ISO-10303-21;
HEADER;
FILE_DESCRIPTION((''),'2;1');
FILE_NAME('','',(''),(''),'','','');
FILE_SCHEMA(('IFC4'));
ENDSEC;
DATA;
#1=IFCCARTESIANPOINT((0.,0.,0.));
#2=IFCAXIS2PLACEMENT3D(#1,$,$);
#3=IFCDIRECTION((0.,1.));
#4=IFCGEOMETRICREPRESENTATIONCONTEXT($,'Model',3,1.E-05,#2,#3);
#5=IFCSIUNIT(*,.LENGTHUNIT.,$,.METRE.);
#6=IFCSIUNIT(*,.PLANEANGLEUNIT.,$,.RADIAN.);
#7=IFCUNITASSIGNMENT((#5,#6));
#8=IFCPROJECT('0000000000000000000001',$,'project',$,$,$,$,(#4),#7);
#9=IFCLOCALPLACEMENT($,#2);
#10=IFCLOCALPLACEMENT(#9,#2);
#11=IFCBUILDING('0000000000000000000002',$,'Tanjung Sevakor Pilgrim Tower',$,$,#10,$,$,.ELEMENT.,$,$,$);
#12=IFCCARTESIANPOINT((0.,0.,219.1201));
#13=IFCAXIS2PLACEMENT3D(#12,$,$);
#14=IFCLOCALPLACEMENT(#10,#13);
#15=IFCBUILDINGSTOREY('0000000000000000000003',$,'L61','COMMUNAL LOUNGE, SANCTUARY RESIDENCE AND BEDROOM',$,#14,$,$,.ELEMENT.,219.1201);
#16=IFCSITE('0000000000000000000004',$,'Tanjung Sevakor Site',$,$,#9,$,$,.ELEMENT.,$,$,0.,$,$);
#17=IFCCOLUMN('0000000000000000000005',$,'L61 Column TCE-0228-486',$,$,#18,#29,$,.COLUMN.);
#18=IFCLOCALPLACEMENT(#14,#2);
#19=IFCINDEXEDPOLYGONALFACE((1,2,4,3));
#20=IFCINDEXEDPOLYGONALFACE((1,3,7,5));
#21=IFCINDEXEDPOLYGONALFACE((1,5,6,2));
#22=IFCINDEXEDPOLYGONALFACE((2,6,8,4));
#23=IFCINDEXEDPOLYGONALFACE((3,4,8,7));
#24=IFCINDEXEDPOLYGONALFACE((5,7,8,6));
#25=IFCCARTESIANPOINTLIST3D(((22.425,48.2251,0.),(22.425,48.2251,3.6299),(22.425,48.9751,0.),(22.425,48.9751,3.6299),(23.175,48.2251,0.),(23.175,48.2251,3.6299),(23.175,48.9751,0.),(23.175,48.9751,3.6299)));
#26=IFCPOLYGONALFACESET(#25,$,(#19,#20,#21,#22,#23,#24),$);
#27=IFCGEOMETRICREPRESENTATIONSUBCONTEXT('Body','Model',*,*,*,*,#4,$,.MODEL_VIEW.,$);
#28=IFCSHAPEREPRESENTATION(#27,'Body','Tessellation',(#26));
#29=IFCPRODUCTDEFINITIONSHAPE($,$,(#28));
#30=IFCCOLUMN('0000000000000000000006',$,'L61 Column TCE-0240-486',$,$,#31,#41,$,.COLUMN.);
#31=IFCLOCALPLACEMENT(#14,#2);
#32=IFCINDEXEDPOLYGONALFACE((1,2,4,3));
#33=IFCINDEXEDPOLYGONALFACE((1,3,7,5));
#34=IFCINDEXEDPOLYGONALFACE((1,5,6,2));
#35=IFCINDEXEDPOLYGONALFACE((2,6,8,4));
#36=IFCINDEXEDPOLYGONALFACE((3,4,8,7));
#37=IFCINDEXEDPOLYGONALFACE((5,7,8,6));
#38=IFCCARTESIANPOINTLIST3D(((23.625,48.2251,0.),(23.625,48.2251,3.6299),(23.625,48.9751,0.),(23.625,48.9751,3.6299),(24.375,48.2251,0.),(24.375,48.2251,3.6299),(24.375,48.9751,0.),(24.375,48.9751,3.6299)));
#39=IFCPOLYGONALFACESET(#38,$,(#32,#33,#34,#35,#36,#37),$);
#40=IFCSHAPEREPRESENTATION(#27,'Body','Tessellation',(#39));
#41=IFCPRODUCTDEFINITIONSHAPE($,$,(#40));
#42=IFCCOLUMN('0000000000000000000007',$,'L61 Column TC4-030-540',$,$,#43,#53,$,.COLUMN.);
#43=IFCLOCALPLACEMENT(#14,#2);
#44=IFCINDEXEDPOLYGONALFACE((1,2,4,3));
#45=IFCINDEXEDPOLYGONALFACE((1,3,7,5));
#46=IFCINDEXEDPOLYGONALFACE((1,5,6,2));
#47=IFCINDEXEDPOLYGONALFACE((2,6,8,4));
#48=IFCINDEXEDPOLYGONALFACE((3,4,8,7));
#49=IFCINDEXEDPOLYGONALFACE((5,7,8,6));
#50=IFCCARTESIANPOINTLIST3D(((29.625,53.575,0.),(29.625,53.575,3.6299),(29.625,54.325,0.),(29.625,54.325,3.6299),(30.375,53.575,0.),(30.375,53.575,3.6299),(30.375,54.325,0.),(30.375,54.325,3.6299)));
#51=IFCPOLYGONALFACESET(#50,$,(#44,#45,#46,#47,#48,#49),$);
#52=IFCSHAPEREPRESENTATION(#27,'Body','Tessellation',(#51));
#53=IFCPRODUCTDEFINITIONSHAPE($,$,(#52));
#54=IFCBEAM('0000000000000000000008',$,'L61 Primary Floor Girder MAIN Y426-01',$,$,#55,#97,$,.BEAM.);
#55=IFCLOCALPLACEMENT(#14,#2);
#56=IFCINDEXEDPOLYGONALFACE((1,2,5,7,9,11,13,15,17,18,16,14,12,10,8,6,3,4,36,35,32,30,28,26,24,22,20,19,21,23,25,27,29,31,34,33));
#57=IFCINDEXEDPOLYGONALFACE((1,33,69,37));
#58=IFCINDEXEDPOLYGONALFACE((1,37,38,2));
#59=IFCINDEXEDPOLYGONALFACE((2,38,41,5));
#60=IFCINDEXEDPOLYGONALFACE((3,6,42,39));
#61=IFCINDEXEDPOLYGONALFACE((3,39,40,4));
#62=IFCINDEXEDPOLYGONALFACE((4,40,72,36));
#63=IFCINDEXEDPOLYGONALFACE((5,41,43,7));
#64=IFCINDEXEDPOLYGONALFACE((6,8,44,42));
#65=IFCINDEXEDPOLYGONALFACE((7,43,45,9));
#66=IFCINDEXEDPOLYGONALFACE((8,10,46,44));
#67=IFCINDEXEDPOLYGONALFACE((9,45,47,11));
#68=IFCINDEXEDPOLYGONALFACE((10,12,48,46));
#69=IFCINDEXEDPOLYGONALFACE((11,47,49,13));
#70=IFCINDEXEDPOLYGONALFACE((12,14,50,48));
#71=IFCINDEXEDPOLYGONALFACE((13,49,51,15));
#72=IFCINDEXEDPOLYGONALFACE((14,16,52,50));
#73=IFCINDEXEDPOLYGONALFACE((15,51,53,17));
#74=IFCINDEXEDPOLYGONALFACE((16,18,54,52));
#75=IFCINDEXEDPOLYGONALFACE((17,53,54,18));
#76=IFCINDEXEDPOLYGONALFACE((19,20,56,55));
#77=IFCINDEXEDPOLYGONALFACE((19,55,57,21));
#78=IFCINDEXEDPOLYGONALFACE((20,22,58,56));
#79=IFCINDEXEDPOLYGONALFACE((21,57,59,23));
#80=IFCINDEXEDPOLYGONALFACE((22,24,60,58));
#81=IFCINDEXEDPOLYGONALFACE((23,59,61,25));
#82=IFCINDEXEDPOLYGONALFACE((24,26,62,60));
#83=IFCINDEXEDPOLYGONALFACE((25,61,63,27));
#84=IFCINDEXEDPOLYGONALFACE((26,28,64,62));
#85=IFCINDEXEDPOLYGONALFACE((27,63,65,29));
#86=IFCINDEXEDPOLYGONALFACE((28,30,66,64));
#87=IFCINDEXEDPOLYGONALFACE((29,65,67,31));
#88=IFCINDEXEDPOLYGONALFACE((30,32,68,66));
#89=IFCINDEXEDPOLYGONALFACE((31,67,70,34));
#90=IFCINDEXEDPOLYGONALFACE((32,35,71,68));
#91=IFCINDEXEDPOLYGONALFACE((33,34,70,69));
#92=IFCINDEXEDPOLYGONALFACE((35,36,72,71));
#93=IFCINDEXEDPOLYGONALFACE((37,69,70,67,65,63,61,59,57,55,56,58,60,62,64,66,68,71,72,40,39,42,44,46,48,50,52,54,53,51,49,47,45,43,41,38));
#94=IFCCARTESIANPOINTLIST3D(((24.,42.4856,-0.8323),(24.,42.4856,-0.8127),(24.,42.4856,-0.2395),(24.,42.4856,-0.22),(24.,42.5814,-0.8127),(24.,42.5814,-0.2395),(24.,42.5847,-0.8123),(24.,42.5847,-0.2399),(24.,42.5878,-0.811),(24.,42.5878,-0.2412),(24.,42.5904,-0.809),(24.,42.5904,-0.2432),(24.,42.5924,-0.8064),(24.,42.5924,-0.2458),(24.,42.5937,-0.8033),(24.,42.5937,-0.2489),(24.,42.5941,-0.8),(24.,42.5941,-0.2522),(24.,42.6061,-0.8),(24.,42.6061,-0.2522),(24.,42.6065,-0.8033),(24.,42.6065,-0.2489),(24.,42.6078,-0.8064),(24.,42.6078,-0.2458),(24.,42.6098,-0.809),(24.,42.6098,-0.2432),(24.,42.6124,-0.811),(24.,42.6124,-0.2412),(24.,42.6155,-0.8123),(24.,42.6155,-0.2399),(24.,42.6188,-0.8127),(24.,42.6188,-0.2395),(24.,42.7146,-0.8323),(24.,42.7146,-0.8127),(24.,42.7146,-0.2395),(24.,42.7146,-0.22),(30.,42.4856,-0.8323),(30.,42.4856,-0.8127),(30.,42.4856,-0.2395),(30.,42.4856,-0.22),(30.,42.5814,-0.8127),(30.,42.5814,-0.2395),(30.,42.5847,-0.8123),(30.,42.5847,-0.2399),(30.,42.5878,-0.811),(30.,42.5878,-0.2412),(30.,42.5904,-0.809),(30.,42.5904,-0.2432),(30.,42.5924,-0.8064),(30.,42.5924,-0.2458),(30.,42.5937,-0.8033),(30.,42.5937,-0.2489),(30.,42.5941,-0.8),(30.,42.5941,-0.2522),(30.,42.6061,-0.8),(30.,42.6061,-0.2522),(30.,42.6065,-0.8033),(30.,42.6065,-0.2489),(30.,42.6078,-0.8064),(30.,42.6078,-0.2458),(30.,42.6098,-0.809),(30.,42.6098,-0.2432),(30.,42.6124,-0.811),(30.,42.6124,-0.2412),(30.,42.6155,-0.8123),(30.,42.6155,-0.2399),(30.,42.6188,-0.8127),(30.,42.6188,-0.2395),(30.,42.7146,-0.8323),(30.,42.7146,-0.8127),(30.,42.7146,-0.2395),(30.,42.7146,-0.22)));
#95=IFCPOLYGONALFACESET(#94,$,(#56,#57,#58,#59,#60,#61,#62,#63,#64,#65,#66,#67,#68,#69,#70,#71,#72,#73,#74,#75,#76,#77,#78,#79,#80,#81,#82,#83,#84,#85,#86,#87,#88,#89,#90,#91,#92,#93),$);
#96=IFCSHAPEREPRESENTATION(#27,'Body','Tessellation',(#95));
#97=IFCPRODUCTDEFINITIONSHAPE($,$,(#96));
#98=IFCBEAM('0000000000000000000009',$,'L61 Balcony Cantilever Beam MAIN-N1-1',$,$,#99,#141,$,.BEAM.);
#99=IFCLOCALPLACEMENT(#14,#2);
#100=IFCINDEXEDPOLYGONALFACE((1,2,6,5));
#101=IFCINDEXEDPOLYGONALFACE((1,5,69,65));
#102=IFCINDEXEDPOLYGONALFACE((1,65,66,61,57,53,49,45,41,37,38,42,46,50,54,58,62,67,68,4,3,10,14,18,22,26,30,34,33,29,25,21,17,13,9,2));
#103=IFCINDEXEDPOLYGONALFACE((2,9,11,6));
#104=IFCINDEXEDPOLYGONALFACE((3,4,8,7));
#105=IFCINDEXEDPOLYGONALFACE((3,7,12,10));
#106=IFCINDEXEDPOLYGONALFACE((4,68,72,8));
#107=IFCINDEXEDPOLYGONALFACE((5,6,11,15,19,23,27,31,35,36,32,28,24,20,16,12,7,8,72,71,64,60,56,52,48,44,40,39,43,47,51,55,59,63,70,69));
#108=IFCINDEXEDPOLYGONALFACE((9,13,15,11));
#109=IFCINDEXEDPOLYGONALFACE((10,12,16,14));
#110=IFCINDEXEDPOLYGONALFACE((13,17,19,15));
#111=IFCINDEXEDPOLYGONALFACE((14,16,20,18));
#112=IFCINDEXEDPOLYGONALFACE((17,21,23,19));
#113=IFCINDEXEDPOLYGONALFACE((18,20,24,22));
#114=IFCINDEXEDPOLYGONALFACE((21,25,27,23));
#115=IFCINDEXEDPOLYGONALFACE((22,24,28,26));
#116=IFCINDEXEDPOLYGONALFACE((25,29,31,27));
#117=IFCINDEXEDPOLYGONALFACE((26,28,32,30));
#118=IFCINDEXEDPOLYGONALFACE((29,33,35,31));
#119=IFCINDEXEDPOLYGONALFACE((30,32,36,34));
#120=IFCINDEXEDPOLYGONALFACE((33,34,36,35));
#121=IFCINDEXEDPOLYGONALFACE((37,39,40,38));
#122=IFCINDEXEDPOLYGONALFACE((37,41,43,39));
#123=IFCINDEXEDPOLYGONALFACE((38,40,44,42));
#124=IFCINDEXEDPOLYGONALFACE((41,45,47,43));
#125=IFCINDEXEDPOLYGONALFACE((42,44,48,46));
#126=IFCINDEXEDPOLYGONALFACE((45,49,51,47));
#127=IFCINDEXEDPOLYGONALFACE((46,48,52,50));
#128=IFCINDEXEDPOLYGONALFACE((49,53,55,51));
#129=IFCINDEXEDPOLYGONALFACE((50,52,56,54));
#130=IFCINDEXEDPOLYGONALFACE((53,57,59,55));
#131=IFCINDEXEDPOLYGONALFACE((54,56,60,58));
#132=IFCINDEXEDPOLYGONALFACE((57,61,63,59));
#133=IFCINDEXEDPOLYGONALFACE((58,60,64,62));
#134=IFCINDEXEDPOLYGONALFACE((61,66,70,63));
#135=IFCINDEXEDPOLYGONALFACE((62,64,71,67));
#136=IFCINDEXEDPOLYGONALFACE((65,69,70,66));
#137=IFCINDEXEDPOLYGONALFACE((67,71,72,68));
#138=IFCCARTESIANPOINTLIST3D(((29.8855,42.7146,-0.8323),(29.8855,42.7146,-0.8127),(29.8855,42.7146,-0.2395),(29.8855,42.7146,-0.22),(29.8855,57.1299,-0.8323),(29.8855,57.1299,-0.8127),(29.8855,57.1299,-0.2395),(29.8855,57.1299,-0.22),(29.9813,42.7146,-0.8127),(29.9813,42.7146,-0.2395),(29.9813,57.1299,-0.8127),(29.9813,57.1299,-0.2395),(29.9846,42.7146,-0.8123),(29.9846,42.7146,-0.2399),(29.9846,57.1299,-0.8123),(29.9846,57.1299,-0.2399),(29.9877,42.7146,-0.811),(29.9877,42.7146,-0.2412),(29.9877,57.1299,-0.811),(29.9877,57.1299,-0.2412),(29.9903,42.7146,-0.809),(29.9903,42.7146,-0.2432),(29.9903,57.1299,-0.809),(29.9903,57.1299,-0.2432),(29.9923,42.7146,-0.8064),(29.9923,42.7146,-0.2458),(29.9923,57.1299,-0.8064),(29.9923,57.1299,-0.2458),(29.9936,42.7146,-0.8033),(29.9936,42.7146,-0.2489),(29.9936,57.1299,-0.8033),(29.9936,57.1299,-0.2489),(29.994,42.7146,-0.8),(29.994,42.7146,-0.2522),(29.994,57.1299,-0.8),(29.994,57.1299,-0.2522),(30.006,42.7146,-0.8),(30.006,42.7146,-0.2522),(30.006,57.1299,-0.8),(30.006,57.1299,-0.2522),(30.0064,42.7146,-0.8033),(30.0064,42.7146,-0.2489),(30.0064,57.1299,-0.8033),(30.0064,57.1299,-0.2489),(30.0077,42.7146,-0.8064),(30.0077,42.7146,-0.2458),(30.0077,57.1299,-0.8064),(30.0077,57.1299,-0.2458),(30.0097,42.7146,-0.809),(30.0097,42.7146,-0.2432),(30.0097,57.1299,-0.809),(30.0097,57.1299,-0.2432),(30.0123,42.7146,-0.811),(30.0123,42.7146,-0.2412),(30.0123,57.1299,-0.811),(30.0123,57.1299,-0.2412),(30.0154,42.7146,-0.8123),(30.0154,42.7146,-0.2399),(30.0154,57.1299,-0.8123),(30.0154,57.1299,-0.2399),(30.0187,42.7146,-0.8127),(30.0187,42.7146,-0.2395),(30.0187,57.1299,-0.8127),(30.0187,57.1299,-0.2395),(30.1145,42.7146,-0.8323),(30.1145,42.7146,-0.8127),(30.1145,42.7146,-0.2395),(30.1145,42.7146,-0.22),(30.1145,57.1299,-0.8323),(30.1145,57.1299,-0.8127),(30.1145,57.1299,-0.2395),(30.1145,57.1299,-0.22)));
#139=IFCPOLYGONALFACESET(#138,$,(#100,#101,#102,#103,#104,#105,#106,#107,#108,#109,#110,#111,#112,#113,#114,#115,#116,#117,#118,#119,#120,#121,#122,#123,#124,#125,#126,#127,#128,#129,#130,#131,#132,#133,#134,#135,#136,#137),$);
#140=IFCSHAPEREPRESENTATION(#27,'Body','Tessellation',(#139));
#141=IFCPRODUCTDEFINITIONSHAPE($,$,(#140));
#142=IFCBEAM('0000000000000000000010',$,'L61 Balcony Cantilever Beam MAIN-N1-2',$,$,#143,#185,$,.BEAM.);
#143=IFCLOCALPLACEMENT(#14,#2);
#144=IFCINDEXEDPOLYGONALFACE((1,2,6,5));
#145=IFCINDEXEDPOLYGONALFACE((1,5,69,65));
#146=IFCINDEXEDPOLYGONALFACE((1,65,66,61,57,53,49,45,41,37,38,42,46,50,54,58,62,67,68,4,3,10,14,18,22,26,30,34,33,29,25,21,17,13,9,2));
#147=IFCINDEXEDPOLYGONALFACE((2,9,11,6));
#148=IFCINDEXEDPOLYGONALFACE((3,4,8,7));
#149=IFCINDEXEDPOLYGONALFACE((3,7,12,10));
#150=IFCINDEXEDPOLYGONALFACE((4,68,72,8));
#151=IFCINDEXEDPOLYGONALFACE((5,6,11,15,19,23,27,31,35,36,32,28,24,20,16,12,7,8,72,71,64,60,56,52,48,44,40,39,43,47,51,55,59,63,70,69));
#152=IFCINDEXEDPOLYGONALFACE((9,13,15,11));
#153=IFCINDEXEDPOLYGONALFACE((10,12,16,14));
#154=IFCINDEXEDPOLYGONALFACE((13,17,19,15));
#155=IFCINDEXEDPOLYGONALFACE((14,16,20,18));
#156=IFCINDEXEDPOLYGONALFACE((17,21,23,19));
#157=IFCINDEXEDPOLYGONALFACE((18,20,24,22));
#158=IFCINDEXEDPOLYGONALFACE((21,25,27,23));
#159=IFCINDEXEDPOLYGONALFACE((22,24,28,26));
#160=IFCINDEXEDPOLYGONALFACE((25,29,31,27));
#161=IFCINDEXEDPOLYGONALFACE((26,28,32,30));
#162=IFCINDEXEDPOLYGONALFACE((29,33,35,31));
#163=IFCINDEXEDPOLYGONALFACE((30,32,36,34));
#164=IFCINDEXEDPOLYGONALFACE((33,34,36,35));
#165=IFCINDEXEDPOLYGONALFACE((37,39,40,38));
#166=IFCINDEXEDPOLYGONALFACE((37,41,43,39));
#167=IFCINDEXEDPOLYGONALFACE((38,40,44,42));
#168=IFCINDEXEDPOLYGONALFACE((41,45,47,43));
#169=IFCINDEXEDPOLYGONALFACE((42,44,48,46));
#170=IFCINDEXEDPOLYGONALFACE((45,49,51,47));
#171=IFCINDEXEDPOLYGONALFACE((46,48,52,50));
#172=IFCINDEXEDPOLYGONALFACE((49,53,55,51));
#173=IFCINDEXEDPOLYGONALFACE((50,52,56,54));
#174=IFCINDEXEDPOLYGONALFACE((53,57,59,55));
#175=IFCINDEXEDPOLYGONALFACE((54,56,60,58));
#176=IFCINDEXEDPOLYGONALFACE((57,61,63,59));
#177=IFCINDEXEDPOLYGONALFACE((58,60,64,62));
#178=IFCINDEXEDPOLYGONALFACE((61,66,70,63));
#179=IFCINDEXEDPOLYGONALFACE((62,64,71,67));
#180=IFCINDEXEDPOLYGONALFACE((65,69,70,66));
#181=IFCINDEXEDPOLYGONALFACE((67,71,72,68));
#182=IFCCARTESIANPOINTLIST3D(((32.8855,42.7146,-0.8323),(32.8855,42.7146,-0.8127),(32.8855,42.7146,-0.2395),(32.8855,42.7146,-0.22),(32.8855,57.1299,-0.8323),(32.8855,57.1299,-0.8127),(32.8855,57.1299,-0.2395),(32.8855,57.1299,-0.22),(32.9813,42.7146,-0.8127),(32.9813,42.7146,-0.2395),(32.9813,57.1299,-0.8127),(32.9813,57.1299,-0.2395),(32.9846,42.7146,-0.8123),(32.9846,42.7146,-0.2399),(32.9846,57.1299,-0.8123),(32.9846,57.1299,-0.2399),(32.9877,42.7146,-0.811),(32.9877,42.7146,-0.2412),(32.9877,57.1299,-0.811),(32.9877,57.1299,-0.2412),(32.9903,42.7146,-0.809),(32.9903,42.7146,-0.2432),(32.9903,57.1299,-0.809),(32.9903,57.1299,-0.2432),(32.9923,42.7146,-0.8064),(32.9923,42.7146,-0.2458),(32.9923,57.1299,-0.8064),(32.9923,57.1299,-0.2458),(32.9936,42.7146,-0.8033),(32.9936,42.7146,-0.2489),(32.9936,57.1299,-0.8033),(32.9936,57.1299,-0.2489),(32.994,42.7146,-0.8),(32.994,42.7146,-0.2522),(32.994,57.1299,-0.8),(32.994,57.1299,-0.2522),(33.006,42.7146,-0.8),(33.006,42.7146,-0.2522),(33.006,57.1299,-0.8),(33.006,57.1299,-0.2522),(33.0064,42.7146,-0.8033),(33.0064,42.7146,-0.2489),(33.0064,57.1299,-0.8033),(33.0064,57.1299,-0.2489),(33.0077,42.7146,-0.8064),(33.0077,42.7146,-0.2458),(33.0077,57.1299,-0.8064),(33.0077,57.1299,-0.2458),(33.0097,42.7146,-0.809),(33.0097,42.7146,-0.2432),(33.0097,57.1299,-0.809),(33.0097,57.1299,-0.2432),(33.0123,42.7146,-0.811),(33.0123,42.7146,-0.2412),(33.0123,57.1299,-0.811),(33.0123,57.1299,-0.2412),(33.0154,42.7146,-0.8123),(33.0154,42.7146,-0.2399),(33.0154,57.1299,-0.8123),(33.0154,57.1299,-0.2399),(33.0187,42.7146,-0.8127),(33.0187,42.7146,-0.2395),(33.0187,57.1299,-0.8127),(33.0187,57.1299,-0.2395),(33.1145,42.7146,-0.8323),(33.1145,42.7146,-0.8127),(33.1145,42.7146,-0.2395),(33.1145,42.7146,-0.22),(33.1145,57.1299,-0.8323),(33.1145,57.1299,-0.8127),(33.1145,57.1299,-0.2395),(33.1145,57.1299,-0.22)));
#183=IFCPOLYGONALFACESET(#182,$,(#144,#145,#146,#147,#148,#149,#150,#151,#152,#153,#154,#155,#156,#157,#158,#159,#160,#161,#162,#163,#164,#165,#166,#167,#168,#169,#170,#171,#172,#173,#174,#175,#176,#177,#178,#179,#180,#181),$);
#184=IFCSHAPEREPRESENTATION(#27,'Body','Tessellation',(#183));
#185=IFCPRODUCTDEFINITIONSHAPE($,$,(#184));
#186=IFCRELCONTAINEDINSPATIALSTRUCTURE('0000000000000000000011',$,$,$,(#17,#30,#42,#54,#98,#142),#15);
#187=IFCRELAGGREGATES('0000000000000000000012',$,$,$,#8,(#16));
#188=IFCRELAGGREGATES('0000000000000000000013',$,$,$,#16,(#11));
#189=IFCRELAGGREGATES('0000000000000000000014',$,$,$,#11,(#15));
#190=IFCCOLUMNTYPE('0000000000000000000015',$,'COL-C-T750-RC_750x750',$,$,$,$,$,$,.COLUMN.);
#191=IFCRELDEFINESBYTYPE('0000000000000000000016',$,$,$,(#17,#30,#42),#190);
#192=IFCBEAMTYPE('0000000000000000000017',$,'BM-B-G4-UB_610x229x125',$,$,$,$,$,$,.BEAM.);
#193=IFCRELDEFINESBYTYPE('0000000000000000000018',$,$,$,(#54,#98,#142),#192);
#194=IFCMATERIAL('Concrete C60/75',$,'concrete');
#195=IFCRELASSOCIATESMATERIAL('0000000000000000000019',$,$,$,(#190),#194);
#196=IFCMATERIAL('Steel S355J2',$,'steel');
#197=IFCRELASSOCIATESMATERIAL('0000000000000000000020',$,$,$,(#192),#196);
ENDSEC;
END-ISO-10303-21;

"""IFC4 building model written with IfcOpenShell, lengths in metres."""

from ifc_helpers import new_model, si_unit, direction, frame, origin, origin_2d, place, context, subcontext, project, spatial, rectangle, i_section, extrude, material, material_profile, profile_set, type_object, element, save


model = new_model("IFC4")

# Units and contexts
model_context = context("Model", 3, precision=1e-05, world=origin(), true_north=direction((0.0, 1.0)))
body_context = subcontext(model_context, "Body", "Model", "MODEL_VIEW")
ifc_project = project(units=[si_unit("LENGTHUNIT", "METRE"), si_unit("PLANEANGLEUNIT", "RADIAN")], contexts=[model_context])

# Site, building, storey
site_placement = place(None, origin())
site = spatial("IfcSite", under=ifc_project, at=site_placement, Name="Tanjung Sevakor Site", CompositionType="ELEMENT", RefElevation=0.0)
building_placement = place(site_placement, origin())
building = spatial("IfcBuilding", under=site, at=building_placement, Name="Tanjung Sevakor Pilgrim Tower", CompositionType="ELEMENT")
storey_placement = place(building_placement, frame((0.0, 0.0, 219.1201)))
storey = spatial("IfcBuildingStorey", under=building, at=storey_placement, Name="L61", Description="COMMUNAL LOUNGE, SANCTUARY RESIDENCE AND BEDROOM", CompositionType="ELEMENT", Elevation=219.1201)

# Columns
ifc_material_1 = material(Name="Concrete C60/75", Category="concrete")
ifc_material_profile_1 = material_profile(ifc_material_1, rectangle(XDim=0.75, YDim=0.75, at=origin_2d()))
ifc_profile_set_1 = profile_set([ifc_material_profile_1], Name="Concrete C60/75")
column_type = type_object("IfcColumnType", Name="COL-C-T750-RC_750x750", PredefinedType="COLUMN", material=ifc_profile_set_1)
for number, where, z_axis, x_axis, name in (
    (1, (22.8, 48.6001, 0.0), (0.0, 0.0, 1.0), (1.0, 0.0, 0.0), "L61 Column TCE-0228-486"),
    (2, (24.0, 48.6001, 0.0), (0.0, 0.0, 1.0), (1.0, 0.0, 0.0), "L61 Column TCE-0240-486"),
    (3, (30.0, 53.95, 0.0), (0.0, 0.0, 1.0), (1.0, 0.0, 0.0), "L61 Column TC4-030-540"),
):
    element("IfcColumn", number, at=place(storey_placement, frame(where, z_axis=z_axis, x_axis=x_axis)), inside=storey, type_object=column_type, Name=name, PredefinedType="COLUMN", context=body_context, shape_type="SweptSolid", body=[
        extrude(rectangle(XDim=0.75, YDim=0.75, at=origin_2d()), origin(), (0.0, 0.0, 1.0), 3.6299),
    ])

# Beams
ifc_material_2 = material(Name="Steel S355J2", Category="steel")
ifc_material_profile_2 = material_profile(ifc_material_2, i_section(OverallWidth=0.229, OverallDepth=0.6123, WebThickness=0.012, FlangeThickness=0.0195, FilletRadius=0.0127, at=origin_2d()))
ifc_profile_set_2 = profile_set([ifc_material_profile_2], Name="Steel S355J2")
beam_type_1 = type_object("IfcBeamType", Name="BM-B-G4-UB_610x229x125", PredefinedType="BEAM", material=ifc_profile_set_2)
beam_1_placement = place(storey_placement, frame((24.0, 42.6001, -0.5261), z_axis=(1.0, 0.0, 0.0), x_axis=(0.0, 1.0, 0.0)))
element("IfcBeam", 4, at=beam_1_placement, inside=storey, type_object=beam_type_1, Name="L61 Primary Floor Girder MAIN Y426-01", PredefinedType="BEAM", context=body_context, shape_type="SweptSolid", body=[
    extrude(i_section(OverallWidth=0.229, OverallDepth=0.6123, WebThickness=0.012, FlangeThickness=0.0195, FilletRadius=0.0127, at=origin_2d()), origin(), (0.0, 0.0, 1.0), 6.0),
])
for number, where, z_axis, x_axis, name in (
    (5, (30.0, 42.7146, -0.5261), (0.0, 1.0, 0.0), (-1.0, 0.0, 0.0), "L61 Balcony Cantilever Beam MAIN-N1-1"),
    (6, (33.0, 42.7146, -0.5261), (0.0, 1.0, 0.0), (-1.0, 0.0, 0.0), "L61 Balcony Cantilever Beam MAIN-N1-2"),
):
    element("IfcBeam", number, at=place(storey_placement, frame(where, z_axis=z_axis, x_axis=x_axis)), inside=storey, type_object=beam_type_1, Name=name, PredefinedType="BEAM", context=body_context, shape_type="SweptSolid", body=[
        extrude(i_section(OverallWidth=0.229, OverallDepth=0.6123, WebThickness=0.012, FlangeThickness=0.0195, FilletRadius=0.0127, at=origin_2d()), origin(), (0.0, 0.0, 1.0), 14.4153),
    ])

save(model, "model.ifc")
